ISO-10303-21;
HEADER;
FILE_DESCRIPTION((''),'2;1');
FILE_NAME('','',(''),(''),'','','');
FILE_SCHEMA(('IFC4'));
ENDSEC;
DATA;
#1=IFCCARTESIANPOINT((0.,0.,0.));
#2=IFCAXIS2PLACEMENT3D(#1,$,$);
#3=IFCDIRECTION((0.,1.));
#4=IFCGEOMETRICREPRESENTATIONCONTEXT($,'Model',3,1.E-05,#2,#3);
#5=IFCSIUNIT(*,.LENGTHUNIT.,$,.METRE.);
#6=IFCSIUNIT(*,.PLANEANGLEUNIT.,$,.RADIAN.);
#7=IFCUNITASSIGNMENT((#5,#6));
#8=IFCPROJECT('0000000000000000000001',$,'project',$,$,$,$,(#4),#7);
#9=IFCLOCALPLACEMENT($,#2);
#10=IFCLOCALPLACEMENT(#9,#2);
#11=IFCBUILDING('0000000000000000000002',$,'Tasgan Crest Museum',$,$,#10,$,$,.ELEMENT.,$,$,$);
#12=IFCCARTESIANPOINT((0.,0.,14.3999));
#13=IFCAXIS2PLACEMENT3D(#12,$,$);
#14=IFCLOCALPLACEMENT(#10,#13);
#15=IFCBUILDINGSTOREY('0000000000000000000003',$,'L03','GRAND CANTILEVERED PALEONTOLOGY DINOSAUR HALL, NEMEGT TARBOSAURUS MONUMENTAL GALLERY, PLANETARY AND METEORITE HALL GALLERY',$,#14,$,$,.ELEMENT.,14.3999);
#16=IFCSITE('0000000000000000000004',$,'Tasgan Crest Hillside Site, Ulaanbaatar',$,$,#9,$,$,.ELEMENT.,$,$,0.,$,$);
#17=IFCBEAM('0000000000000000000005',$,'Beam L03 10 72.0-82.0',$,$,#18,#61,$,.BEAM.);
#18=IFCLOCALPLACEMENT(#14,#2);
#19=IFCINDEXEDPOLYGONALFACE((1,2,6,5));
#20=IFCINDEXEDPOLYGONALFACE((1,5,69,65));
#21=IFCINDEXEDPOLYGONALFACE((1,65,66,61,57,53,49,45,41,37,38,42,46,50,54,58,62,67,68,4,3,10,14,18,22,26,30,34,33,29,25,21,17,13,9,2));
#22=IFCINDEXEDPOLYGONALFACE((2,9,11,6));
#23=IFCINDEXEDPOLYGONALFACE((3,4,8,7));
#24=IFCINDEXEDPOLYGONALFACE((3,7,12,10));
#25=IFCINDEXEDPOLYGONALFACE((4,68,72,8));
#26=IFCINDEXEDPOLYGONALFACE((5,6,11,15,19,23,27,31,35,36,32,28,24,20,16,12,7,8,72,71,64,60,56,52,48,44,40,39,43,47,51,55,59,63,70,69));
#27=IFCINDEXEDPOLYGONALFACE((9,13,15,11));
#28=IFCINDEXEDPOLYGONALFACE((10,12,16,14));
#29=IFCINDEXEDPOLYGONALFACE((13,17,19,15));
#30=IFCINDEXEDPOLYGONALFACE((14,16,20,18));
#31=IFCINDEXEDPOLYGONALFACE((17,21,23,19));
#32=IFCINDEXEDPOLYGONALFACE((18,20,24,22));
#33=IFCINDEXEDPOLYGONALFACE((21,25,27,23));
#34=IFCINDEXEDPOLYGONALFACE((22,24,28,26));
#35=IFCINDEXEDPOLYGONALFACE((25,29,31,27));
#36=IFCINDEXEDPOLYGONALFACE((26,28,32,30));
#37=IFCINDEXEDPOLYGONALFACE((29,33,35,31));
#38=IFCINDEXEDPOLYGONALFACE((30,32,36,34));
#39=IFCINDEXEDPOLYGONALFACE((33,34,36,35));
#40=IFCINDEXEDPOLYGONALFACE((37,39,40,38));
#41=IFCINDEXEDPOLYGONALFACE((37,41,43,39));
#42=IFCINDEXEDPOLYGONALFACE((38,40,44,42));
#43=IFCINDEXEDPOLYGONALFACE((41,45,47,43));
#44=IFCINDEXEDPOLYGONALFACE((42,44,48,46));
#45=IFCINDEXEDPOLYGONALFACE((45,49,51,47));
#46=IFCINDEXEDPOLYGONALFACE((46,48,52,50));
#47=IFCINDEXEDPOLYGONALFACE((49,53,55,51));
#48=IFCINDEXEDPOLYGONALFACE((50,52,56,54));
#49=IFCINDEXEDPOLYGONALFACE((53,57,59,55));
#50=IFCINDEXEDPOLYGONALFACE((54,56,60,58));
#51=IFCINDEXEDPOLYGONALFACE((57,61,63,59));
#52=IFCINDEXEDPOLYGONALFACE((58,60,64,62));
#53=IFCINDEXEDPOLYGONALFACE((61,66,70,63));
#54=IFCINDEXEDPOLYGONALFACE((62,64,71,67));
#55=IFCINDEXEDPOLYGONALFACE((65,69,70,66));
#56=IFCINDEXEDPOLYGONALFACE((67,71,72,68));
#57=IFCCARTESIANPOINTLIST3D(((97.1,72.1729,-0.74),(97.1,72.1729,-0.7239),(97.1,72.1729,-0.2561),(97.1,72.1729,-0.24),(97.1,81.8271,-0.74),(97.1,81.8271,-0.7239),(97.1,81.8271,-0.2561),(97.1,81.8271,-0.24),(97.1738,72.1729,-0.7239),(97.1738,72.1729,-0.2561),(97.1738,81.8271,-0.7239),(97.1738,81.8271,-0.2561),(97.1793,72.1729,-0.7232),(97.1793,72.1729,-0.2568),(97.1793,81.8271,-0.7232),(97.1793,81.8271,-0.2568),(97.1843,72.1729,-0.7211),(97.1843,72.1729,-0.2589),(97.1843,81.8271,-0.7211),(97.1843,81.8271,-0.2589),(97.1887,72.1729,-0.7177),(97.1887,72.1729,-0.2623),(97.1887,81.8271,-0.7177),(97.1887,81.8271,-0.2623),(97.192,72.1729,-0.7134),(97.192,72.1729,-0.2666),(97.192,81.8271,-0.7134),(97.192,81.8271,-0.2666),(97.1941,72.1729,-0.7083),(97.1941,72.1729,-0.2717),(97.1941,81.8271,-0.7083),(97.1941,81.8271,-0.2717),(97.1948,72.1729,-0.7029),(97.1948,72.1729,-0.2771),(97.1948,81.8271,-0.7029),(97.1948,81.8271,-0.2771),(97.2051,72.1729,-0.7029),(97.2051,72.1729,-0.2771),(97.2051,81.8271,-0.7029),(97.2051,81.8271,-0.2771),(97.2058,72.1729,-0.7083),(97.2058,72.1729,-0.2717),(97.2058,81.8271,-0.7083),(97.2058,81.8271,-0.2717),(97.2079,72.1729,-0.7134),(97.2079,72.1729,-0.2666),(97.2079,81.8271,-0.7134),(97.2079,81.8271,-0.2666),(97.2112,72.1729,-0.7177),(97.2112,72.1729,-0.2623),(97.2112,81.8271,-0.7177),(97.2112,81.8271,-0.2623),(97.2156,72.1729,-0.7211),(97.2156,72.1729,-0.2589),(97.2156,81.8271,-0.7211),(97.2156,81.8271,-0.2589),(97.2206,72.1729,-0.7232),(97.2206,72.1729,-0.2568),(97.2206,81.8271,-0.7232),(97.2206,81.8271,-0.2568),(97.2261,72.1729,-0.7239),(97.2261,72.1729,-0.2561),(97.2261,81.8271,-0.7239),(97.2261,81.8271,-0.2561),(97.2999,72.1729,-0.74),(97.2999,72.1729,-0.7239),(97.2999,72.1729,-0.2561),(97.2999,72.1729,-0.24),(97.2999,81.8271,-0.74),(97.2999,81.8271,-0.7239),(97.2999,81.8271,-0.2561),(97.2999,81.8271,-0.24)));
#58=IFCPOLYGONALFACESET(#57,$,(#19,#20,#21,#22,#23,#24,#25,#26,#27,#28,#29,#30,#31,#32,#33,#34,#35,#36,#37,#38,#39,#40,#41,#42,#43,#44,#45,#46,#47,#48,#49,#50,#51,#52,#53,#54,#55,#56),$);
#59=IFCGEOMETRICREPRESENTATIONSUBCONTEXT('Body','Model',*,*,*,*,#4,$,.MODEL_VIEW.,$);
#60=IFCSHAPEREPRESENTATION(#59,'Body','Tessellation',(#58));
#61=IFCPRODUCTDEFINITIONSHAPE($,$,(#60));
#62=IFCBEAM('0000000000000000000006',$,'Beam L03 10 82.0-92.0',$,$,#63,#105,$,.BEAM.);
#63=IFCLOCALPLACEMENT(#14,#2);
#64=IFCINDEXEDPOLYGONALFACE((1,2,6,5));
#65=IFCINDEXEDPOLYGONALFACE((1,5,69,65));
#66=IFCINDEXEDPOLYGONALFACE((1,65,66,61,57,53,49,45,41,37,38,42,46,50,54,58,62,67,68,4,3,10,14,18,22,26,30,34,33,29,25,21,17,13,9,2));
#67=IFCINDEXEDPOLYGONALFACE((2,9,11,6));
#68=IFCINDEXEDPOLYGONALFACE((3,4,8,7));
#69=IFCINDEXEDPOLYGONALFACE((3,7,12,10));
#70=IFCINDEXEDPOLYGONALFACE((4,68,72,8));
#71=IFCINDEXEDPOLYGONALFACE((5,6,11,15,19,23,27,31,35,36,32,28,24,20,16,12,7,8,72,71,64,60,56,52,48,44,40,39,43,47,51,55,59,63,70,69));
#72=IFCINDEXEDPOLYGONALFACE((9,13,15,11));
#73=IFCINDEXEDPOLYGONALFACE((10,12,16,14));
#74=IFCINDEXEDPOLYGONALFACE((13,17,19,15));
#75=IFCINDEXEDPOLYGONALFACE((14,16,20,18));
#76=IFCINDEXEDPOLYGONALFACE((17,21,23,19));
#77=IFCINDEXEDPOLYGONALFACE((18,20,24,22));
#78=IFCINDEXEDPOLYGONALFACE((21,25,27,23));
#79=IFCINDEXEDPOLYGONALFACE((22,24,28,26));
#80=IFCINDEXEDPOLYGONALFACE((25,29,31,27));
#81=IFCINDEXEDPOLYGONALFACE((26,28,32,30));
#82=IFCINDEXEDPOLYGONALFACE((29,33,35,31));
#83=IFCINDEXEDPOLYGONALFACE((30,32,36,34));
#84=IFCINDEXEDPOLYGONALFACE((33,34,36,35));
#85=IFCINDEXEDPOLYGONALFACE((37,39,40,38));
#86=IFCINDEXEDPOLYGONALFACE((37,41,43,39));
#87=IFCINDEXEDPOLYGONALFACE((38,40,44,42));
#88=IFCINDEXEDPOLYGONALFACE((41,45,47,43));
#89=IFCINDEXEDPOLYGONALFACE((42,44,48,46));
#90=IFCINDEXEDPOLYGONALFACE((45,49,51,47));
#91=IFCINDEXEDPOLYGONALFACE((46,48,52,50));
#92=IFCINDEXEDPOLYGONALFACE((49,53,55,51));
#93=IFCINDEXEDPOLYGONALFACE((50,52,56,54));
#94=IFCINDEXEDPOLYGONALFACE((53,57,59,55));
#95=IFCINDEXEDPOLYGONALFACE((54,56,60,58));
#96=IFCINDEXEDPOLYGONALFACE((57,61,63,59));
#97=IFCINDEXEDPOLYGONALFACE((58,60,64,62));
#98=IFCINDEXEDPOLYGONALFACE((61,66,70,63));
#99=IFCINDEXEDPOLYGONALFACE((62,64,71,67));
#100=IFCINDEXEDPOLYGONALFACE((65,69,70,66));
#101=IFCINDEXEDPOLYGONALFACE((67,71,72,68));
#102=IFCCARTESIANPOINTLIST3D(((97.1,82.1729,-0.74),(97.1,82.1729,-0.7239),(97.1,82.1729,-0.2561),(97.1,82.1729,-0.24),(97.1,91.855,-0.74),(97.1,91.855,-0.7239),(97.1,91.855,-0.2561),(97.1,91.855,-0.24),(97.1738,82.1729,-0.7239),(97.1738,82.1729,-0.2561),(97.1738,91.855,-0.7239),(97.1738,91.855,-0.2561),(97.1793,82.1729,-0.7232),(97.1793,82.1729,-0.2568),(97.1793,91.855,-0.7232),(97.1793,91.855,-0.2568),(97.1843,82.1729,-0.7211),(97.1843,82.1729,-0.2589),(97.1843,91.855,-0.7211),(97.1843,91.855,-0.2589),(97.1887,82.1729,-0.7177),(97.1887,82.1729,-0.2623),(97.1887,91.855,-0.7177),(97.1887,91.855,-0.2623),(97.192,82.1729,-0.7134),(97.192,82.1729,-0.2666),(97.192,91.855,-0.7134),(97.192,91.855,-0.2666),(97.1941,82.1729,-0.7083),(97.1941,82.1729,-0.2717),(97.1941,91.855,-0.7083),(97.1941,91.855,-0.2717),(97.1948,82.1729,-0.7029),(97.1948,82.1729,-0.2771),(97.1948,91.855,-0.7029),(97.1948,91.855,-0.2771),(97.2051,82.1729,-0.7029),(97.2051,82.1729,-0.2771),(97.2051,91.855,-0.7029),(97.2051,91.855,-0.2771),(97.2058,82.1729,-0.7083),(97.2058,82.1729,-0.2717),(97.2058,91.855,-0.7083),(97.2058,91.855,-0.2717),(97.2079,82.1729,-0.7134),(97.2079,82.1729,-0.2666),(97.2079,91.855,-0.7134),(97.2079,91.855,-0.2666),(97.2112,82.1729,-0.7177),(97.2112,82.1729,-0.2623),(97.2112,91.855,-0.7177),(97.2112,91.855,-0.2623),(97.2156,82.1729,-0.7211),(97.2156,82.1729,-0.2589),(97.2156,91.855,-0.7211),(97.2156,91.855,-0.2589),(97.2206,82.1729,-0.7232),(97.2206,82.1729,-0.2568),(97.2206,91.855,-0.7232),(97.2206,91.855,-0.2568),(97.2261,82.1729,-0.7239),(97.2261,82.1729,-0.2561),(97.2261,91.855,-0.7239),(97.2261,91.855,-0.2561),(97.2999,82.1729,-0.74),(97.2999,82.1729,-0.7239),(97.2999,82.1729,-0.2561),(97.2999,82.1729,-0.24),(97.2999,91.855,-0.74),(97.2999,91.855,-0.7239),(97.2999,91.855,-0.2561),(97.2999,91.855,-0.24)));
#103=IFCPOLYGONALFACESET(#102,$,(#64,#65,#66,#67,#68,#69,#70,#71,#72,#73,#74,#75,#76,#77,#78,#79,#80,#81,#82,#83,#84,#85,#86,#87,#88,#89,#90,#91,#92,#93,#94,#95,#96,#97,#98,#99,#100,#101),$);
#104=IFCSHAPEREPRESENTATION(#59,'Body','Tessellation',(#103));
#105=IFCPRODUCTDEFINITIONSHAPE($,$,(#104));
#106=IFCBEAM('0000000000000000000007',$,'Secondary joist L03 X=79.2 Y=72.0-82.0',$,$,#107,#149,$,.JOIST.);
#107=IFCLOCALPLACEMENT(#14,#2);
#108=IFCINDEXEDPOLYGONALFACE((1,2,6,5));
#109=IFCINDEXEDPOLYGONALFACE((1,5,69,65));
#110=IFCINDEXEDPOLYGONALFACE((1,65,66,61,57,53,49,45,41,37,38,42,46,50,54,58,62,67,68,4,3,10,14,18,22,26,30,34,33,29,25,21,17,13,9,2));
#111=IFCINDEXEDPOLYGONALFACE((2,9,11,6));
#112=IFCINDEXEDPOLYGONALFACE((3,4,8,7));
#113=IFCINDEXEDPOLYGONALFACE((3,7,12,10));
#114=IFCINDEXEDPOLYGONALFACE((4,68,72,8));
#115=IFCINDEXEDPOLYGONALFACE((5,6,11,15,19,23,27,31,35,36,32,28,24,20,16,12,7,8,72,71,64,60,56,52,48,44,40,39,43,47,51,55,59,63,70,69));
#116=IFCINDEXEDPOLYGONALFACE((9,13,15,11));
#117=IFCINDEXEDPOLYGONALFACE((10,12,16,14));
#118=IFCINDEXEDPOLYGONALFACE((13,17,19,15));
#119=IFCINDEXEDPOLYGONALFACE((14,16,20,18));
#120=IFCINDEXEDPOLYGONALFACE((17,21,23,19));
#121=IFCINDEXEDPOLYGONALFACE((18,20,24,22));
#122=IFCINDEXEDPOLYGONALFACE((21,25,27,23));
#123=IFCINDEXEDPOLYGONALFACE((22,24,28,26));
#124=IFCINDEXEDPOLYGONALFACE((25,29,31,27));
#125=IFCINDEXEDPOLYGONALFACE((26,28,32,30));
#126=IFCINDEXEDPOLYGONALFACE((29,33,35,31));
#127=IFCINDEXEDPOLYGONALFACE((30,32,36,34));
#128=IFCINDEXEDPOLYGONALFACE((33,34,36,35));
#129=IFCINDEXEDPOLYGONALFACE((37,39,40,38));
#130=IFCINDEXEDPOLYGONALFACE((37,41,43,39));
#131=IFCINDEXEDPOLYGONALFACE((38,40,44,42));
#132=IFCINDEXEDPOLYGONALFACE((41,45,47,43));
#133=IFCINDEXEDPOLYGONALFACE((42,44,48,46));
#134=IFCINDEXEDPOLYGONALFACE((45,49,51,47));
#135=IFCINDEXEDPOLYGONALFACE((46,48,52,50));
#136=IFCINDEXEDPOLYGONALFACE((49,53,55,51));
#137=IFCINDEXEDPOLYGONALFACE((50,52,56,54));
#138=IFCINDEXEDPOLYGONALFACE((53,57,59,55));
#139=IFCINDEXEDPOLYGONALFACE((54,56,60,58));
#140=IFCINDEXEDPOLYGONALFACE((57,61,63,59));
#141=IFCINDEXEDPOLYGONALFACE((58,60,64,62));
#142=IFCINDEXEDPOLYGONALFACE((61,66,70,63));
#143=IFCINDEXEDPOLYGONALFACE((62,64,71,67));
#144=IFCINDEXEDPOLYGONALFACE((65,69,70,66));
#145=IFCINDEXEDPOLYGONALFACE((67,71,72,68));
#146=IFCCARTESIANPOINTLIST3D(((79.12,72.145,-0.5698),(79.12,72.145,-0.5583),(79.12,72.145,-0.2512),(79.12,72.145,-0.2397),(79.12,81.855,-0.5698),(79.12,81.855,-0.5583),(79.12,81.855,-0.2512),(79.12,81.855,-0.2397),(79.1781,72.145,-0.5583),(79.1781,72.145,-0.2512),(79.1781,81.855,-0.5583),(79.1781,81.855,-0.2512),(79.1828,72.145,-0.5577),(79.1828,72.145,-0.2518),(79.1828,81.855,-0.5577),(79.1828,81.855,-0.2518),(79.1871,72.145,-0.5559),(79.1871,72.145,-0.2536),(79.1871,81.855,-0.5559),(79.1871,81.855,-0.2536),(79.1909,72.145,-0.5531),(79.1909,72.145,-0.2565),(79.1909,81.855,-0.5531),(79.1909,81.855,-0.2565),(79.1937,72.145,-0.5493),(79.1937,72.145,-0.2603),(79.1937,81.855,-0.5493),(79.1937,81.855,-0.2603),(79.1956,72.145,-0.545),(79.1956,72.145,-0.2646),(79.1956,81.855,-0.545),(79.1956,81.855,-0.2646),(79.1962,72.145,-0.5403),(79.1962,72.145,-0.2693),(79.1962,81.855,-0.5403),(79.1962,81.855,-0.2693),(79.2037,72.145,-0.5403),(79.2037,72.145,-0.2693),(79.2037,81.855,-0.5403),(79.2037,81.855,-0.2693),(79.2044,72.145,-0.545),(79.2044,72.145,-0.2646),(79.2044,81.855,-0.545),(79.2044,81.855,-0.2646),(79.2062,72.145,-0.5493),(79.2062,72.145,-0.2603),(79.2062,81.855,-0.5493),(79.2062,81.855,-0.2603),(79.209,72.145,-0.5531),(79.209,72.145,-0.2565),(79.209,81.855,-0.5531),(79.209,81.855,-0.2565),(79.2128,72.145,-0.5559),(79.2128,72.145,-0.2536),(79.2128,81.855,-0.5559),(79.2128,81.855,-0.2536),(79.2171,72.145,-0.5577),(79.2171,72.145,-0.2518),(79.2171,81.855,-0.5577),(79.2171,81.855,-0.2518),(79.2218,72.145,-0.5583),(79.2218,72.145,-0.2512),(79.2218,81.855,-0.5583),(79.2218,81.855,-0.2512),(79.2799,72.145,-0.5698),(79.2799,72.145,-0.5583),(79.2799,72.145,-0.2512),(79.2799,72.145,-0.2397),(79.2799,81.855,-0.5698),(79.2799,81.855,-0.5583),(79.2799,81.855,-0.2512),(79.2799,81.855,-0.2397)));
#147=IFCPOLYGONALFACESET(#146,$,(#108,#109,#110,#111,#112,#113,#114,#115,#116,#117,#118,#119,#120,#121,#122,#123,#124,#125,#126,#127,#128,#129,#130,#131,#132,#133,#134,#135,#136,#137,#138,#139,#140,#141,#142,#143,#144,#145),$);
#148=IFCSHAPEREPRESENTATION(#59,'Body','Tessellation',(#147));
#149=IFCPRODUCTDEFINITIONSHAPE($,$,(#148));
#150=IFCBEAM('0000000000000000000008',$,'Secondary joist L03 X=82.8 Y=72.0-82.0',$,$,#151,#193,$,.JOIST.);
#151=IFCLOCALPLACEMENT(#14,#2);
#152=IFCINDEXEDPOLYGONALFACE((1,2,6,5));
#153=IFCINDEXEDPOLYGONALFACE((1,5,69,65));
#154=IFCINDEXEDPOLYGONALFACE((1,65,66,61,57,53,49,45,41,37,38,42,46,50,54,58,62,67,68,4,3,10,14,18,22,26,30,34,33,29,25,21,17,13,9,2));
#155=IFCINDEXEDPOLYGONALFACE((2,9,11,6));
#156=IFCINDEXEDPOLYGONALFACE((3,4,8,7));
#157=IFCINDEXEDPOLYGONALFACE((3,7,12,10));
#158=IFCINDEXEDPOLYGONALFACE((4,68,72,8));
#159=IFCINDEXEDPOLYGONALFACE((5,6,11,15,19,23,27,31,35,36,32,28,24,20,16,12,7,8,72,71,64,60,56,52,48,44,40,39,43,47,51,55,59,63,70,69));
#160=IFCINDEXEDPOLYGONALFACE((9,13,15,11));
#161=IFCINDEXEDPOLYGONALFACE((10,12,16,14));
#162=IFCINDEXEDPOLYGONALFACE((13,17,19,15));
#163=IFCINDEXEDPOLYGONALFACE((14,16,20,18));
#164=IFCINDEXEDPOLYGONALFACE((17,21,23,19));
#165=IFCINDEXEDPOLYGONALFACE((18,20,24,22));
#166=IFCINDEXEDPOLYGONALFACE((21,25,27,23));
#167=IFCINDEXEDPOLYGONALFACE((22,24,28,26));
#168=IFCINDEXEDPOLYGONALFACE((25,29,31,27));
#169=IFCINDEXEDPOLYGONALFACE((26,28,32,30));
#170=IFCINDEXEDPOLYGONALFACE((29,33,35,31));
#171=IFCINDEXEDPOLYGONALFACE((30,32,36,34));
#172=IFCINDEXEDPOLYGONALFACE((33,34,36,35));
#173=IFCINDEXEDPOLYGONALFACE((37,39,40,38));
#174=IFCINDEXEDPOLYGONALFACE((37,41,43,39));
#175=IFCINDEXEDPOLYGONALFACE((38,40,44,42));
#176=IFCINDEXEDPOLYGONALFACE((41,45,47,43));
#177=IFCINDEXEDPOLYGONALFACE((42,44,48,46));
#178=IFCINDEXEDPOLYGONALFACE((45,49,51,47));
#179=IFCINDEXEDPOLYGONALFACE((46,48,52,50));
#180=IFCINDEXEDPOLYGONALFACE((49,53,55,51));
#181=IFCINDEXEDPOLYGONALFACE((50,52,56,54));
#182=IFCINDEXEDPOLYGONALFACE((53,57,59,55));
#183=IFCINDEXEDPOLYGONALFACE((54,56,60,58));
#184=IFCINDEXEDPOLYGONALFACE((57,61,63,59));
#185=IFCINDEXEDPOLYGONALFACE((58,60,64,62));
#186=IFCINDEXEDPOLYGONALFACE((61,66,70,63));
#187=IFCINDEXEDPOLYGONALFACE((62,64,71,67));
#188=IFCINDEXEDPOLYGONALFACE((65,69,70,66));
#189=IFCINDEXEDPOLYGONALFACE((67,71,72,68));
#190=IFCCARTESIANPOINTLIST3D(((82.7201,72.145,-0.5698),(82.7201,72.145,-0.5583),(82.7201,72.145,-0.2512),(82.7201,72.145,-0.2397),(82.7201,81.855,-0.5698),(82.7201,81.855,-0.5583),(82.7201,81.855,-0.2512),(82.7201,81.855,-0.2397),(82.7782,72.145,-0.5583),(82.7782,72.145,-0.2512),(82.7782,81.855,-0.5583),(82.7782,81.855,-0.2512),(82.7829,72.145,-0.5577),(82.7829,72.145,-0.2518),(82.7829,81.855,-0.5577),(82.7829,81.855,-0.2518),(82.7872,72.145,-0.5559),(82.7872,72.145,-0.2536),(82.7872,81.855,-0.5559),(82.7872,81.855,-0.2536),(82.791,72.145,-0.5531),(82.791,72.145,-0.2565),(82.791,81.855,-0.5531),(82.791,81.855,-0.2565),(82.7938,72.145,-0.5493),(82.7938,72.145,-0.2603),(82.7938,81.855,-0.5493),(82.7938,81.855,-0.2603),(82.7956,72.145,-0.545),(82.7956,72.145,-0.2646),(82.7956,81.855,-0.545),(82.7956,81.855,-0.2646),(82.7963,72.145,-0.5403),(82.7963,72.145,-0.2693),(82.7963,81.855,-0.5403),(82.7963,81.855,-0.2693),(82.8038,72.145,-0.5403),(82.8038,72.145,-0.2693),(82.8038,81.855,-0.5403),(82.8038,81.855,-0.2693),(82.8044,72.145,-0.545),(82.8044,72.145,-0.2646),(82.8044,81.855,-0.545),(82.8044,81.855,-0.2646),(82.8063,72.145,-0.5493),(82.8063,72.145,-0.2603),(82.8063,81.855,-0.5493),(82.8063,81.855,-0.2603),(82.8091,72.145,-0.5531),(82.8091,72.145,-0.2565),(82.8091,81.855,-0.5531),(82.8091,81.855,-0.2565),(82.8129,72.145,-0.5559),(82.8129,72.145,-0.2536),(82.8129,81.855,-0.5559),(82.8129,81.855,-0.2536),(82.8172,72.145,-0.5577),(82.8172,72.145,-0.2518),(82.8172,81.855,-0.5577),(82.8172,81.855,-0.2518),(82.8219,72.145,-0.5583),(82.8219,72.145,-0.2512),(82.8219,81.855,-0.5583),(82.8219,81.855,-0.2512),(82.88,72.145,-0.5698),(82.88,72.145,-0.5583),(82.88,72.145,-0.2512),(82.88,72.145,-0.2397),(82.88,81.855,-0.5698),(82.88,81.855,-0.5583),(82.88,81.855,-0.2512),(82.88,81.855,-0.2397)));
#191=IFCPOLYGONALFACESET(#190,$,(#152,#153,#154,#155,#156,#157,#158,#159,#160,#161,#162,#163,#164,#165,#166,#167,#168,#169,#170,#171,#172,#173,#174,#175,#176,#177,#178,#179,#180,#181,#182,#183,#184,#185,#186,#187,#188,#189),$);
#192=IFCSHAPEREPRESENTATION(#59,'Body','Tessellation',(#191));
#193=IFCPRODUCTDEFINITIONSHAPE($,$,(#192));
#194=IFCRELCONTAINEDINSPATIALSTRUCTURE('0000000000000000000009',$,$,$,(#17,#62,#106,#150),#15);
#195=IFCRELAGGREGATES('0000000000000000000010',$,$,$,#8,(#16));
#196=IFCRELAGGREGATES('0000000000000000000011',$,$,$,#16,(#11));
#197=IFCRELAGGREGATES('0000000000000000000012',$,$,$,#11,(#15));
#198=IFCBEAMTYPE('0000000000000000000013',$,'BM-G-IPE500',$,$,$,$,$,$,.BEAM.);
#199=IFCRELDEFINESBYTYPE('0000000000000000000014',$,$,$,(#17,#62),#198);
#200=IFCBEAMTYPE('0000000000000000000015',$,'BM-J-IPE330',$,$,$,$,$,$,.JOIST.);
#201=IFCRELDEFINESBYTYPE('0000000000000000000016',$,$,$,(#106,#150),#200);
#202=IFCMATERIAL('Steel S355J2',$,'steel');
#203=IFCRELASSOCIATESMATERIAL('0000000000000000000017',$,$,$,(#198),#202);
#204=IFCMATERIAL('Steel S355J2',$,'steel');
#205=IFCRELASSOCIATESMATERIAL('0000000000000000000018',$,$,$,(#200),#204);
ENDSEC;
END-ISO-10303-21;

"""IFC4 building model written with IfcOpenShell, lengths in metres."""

from ifc_helpers import new_model, si_unit, direction, frame, origin, origin_2d, place, context, subcontext, project, spatial, i_section, extrude, material, material_profile, profile_set, type_object, element, save


model = new_model("IFC4")

# Units and contexts
model_context = context("Model", 3, precision=1e-05, world=origin(), true_north=direction((0.0, 1.0)))
body_context = subcontext(model_context, "Body", "Model", "MODEL_VIEW")
ifc_project = project(units=[si_unit("LENGTHUNIT", "METRE"), si_unit("PLANEANGLEUNIT", "RADIAN")], contexts=[model_context])

# Site, building, storey
site_placement = place(None, origin())
site = spatial("IfcSite", under=ifc_project, at=site_placement, Name="Tasgan Crest Hillside Site, Ulaanbaatar", CompositionType="ELEMENT", RefElevation=0.0)
building_placement = place(site_placement, origin())
building = spatial("IfcBuilding", under=site, at=building_placement, Name="Tasgan Crest Museum", CompositionType="ELEMENT")
storey_placement = place(building_placement, frame((0.0, 0.0, 14.3999)))
storey = spatial("IfcBuildingStorey", under=building, at=storey_placement, Name="L03", Description="GRAND CANTILEVERED PALEONTOLOGY DINOSAUR HALL, NEMEGT TARBOSAURUS MONUMENTAL GALLERY, PLANETARY AND METEORITE HALL GALLERY", CompositionType="ELEMENT", Elevation=14.3999)

# Beams
ifc_material_1 = material(Name="Steel S355J2", Category="steel")
ifc_material_profile_1 = material_profile(ifc_material_1, i_section(OverallWidth=0.2, OverallDepth=0.5, WebThickness=0.0103, FlangeThickness=0.0161, FilletRadius=0.021, at=origin_2d()), Name="IPE 500")
ifc_profile_set_1 = profile_set([ifc_material_profile_1], Name="Steel S355J2")
beam_type_1 = type_object("IfcBeamType", Name="BM-G-IPE500", PredefinedType="BEAM", material=ifc_profile_set_1)
beam_1_placement = place(storey_placement, frame((97.2, 72.1729, -0.49), z_axis=(0.0, 1.0, 0.0), x_axis=(-1.0, 0.0, 0.0)))
element("IfcBeam", 1, at=beam_1_placement, inside=storey, type_object=beam_type_1, Name="Beam L03 10 72.0-82.0", PredefinedType="BEAM", context=body_context, shape_type="SweptSolid", body=[
    extrude(i_section(OverallWidth=0.2, OverallDepth=0.5, WebThickness=0.0103, FlangeThickness=0.0161, FilletRadius=0.021, at=origin_2d()), origin(), (0.0, 0.0, 1.0), 9.6543),
])
beam_2_placement = place(storey_placement, frame((97.2, 82.1729, -0.49), z_axis=(0.0, 1.0, 0.0), x_axis=(-1.0, 0.0, 0.0)))
element("IfcBeam", 2, at=beam_2_placement, inside=storey, type_object=beam_type_1, Name="Beam L03 10 82.0-92.0", PredefinedType="BEAM", context=body_context, shape_type="SweptSolid", body=[
    extrude(i_section(OverallWidth=0.2, OverallDepth=0.5, WebThickness=0.0103, FlangeThickness=0.0161, FilletRadius=0.021, at=origin_2d()), origin(), (0.0, 0.0, 1.0), 9.6821),
])
ifc_material_2 = material(Name="Steel S355J2", Category="steel")
ifc_material_profile_2 = material_profile(ifc_material_2, i_section(OverallWidth=0.1599, OverallDepth=0.3301, WebThickness=0.0076, FlangeThickness=0.0115, FilletRadius=0.0181, at=origin_2d()), Name="IPE 330")
ifc_profile_set_2 = profile_set([ifc_material_profile_2], Name="Steel S355J2")
beam_type_2 = type_object("IfcBeamType", Name="BM-J-IPE330", PredefinedType="JOIST", material=ifc_profile_set_2)
for number, where, z_axis, x_axis, name in (
    (3, (79.2, 72.145, -0.4048), (0.0, 1.0, 0.0), (-1.0, 0.0, 0.0), "Secondary joist L03 X=79.2 Y=72.0-82.0"),
    (4, (82.8, 72.145, -0.4048), (0.0, 1.0, 0.0), (-1.0, 0.0, 0.0), "Secondary joist L03 X=82.8 Y=72.0-82.0"),
):
    element("IfcBeam", number, at=place(storey_placement, frame(where, z_axis=z_axis, x_axis=x_axis)), inside=storey, type_object=beam_type_2, Name=name, PredefinedType="JOIST", context=body_context, shape_type="SweptSolid", body=[
        extrude(i_section(OverallWidth=0.1599, OverallDepth=0.3301, WebThickness=0.0076, FlangeThickness=0.0115, FilletRadius=0.0181, at=origin_2d()), origin(), (0.0, 0.0, 1.0), 9.71),
    ])

save(model, "model.ifc")
